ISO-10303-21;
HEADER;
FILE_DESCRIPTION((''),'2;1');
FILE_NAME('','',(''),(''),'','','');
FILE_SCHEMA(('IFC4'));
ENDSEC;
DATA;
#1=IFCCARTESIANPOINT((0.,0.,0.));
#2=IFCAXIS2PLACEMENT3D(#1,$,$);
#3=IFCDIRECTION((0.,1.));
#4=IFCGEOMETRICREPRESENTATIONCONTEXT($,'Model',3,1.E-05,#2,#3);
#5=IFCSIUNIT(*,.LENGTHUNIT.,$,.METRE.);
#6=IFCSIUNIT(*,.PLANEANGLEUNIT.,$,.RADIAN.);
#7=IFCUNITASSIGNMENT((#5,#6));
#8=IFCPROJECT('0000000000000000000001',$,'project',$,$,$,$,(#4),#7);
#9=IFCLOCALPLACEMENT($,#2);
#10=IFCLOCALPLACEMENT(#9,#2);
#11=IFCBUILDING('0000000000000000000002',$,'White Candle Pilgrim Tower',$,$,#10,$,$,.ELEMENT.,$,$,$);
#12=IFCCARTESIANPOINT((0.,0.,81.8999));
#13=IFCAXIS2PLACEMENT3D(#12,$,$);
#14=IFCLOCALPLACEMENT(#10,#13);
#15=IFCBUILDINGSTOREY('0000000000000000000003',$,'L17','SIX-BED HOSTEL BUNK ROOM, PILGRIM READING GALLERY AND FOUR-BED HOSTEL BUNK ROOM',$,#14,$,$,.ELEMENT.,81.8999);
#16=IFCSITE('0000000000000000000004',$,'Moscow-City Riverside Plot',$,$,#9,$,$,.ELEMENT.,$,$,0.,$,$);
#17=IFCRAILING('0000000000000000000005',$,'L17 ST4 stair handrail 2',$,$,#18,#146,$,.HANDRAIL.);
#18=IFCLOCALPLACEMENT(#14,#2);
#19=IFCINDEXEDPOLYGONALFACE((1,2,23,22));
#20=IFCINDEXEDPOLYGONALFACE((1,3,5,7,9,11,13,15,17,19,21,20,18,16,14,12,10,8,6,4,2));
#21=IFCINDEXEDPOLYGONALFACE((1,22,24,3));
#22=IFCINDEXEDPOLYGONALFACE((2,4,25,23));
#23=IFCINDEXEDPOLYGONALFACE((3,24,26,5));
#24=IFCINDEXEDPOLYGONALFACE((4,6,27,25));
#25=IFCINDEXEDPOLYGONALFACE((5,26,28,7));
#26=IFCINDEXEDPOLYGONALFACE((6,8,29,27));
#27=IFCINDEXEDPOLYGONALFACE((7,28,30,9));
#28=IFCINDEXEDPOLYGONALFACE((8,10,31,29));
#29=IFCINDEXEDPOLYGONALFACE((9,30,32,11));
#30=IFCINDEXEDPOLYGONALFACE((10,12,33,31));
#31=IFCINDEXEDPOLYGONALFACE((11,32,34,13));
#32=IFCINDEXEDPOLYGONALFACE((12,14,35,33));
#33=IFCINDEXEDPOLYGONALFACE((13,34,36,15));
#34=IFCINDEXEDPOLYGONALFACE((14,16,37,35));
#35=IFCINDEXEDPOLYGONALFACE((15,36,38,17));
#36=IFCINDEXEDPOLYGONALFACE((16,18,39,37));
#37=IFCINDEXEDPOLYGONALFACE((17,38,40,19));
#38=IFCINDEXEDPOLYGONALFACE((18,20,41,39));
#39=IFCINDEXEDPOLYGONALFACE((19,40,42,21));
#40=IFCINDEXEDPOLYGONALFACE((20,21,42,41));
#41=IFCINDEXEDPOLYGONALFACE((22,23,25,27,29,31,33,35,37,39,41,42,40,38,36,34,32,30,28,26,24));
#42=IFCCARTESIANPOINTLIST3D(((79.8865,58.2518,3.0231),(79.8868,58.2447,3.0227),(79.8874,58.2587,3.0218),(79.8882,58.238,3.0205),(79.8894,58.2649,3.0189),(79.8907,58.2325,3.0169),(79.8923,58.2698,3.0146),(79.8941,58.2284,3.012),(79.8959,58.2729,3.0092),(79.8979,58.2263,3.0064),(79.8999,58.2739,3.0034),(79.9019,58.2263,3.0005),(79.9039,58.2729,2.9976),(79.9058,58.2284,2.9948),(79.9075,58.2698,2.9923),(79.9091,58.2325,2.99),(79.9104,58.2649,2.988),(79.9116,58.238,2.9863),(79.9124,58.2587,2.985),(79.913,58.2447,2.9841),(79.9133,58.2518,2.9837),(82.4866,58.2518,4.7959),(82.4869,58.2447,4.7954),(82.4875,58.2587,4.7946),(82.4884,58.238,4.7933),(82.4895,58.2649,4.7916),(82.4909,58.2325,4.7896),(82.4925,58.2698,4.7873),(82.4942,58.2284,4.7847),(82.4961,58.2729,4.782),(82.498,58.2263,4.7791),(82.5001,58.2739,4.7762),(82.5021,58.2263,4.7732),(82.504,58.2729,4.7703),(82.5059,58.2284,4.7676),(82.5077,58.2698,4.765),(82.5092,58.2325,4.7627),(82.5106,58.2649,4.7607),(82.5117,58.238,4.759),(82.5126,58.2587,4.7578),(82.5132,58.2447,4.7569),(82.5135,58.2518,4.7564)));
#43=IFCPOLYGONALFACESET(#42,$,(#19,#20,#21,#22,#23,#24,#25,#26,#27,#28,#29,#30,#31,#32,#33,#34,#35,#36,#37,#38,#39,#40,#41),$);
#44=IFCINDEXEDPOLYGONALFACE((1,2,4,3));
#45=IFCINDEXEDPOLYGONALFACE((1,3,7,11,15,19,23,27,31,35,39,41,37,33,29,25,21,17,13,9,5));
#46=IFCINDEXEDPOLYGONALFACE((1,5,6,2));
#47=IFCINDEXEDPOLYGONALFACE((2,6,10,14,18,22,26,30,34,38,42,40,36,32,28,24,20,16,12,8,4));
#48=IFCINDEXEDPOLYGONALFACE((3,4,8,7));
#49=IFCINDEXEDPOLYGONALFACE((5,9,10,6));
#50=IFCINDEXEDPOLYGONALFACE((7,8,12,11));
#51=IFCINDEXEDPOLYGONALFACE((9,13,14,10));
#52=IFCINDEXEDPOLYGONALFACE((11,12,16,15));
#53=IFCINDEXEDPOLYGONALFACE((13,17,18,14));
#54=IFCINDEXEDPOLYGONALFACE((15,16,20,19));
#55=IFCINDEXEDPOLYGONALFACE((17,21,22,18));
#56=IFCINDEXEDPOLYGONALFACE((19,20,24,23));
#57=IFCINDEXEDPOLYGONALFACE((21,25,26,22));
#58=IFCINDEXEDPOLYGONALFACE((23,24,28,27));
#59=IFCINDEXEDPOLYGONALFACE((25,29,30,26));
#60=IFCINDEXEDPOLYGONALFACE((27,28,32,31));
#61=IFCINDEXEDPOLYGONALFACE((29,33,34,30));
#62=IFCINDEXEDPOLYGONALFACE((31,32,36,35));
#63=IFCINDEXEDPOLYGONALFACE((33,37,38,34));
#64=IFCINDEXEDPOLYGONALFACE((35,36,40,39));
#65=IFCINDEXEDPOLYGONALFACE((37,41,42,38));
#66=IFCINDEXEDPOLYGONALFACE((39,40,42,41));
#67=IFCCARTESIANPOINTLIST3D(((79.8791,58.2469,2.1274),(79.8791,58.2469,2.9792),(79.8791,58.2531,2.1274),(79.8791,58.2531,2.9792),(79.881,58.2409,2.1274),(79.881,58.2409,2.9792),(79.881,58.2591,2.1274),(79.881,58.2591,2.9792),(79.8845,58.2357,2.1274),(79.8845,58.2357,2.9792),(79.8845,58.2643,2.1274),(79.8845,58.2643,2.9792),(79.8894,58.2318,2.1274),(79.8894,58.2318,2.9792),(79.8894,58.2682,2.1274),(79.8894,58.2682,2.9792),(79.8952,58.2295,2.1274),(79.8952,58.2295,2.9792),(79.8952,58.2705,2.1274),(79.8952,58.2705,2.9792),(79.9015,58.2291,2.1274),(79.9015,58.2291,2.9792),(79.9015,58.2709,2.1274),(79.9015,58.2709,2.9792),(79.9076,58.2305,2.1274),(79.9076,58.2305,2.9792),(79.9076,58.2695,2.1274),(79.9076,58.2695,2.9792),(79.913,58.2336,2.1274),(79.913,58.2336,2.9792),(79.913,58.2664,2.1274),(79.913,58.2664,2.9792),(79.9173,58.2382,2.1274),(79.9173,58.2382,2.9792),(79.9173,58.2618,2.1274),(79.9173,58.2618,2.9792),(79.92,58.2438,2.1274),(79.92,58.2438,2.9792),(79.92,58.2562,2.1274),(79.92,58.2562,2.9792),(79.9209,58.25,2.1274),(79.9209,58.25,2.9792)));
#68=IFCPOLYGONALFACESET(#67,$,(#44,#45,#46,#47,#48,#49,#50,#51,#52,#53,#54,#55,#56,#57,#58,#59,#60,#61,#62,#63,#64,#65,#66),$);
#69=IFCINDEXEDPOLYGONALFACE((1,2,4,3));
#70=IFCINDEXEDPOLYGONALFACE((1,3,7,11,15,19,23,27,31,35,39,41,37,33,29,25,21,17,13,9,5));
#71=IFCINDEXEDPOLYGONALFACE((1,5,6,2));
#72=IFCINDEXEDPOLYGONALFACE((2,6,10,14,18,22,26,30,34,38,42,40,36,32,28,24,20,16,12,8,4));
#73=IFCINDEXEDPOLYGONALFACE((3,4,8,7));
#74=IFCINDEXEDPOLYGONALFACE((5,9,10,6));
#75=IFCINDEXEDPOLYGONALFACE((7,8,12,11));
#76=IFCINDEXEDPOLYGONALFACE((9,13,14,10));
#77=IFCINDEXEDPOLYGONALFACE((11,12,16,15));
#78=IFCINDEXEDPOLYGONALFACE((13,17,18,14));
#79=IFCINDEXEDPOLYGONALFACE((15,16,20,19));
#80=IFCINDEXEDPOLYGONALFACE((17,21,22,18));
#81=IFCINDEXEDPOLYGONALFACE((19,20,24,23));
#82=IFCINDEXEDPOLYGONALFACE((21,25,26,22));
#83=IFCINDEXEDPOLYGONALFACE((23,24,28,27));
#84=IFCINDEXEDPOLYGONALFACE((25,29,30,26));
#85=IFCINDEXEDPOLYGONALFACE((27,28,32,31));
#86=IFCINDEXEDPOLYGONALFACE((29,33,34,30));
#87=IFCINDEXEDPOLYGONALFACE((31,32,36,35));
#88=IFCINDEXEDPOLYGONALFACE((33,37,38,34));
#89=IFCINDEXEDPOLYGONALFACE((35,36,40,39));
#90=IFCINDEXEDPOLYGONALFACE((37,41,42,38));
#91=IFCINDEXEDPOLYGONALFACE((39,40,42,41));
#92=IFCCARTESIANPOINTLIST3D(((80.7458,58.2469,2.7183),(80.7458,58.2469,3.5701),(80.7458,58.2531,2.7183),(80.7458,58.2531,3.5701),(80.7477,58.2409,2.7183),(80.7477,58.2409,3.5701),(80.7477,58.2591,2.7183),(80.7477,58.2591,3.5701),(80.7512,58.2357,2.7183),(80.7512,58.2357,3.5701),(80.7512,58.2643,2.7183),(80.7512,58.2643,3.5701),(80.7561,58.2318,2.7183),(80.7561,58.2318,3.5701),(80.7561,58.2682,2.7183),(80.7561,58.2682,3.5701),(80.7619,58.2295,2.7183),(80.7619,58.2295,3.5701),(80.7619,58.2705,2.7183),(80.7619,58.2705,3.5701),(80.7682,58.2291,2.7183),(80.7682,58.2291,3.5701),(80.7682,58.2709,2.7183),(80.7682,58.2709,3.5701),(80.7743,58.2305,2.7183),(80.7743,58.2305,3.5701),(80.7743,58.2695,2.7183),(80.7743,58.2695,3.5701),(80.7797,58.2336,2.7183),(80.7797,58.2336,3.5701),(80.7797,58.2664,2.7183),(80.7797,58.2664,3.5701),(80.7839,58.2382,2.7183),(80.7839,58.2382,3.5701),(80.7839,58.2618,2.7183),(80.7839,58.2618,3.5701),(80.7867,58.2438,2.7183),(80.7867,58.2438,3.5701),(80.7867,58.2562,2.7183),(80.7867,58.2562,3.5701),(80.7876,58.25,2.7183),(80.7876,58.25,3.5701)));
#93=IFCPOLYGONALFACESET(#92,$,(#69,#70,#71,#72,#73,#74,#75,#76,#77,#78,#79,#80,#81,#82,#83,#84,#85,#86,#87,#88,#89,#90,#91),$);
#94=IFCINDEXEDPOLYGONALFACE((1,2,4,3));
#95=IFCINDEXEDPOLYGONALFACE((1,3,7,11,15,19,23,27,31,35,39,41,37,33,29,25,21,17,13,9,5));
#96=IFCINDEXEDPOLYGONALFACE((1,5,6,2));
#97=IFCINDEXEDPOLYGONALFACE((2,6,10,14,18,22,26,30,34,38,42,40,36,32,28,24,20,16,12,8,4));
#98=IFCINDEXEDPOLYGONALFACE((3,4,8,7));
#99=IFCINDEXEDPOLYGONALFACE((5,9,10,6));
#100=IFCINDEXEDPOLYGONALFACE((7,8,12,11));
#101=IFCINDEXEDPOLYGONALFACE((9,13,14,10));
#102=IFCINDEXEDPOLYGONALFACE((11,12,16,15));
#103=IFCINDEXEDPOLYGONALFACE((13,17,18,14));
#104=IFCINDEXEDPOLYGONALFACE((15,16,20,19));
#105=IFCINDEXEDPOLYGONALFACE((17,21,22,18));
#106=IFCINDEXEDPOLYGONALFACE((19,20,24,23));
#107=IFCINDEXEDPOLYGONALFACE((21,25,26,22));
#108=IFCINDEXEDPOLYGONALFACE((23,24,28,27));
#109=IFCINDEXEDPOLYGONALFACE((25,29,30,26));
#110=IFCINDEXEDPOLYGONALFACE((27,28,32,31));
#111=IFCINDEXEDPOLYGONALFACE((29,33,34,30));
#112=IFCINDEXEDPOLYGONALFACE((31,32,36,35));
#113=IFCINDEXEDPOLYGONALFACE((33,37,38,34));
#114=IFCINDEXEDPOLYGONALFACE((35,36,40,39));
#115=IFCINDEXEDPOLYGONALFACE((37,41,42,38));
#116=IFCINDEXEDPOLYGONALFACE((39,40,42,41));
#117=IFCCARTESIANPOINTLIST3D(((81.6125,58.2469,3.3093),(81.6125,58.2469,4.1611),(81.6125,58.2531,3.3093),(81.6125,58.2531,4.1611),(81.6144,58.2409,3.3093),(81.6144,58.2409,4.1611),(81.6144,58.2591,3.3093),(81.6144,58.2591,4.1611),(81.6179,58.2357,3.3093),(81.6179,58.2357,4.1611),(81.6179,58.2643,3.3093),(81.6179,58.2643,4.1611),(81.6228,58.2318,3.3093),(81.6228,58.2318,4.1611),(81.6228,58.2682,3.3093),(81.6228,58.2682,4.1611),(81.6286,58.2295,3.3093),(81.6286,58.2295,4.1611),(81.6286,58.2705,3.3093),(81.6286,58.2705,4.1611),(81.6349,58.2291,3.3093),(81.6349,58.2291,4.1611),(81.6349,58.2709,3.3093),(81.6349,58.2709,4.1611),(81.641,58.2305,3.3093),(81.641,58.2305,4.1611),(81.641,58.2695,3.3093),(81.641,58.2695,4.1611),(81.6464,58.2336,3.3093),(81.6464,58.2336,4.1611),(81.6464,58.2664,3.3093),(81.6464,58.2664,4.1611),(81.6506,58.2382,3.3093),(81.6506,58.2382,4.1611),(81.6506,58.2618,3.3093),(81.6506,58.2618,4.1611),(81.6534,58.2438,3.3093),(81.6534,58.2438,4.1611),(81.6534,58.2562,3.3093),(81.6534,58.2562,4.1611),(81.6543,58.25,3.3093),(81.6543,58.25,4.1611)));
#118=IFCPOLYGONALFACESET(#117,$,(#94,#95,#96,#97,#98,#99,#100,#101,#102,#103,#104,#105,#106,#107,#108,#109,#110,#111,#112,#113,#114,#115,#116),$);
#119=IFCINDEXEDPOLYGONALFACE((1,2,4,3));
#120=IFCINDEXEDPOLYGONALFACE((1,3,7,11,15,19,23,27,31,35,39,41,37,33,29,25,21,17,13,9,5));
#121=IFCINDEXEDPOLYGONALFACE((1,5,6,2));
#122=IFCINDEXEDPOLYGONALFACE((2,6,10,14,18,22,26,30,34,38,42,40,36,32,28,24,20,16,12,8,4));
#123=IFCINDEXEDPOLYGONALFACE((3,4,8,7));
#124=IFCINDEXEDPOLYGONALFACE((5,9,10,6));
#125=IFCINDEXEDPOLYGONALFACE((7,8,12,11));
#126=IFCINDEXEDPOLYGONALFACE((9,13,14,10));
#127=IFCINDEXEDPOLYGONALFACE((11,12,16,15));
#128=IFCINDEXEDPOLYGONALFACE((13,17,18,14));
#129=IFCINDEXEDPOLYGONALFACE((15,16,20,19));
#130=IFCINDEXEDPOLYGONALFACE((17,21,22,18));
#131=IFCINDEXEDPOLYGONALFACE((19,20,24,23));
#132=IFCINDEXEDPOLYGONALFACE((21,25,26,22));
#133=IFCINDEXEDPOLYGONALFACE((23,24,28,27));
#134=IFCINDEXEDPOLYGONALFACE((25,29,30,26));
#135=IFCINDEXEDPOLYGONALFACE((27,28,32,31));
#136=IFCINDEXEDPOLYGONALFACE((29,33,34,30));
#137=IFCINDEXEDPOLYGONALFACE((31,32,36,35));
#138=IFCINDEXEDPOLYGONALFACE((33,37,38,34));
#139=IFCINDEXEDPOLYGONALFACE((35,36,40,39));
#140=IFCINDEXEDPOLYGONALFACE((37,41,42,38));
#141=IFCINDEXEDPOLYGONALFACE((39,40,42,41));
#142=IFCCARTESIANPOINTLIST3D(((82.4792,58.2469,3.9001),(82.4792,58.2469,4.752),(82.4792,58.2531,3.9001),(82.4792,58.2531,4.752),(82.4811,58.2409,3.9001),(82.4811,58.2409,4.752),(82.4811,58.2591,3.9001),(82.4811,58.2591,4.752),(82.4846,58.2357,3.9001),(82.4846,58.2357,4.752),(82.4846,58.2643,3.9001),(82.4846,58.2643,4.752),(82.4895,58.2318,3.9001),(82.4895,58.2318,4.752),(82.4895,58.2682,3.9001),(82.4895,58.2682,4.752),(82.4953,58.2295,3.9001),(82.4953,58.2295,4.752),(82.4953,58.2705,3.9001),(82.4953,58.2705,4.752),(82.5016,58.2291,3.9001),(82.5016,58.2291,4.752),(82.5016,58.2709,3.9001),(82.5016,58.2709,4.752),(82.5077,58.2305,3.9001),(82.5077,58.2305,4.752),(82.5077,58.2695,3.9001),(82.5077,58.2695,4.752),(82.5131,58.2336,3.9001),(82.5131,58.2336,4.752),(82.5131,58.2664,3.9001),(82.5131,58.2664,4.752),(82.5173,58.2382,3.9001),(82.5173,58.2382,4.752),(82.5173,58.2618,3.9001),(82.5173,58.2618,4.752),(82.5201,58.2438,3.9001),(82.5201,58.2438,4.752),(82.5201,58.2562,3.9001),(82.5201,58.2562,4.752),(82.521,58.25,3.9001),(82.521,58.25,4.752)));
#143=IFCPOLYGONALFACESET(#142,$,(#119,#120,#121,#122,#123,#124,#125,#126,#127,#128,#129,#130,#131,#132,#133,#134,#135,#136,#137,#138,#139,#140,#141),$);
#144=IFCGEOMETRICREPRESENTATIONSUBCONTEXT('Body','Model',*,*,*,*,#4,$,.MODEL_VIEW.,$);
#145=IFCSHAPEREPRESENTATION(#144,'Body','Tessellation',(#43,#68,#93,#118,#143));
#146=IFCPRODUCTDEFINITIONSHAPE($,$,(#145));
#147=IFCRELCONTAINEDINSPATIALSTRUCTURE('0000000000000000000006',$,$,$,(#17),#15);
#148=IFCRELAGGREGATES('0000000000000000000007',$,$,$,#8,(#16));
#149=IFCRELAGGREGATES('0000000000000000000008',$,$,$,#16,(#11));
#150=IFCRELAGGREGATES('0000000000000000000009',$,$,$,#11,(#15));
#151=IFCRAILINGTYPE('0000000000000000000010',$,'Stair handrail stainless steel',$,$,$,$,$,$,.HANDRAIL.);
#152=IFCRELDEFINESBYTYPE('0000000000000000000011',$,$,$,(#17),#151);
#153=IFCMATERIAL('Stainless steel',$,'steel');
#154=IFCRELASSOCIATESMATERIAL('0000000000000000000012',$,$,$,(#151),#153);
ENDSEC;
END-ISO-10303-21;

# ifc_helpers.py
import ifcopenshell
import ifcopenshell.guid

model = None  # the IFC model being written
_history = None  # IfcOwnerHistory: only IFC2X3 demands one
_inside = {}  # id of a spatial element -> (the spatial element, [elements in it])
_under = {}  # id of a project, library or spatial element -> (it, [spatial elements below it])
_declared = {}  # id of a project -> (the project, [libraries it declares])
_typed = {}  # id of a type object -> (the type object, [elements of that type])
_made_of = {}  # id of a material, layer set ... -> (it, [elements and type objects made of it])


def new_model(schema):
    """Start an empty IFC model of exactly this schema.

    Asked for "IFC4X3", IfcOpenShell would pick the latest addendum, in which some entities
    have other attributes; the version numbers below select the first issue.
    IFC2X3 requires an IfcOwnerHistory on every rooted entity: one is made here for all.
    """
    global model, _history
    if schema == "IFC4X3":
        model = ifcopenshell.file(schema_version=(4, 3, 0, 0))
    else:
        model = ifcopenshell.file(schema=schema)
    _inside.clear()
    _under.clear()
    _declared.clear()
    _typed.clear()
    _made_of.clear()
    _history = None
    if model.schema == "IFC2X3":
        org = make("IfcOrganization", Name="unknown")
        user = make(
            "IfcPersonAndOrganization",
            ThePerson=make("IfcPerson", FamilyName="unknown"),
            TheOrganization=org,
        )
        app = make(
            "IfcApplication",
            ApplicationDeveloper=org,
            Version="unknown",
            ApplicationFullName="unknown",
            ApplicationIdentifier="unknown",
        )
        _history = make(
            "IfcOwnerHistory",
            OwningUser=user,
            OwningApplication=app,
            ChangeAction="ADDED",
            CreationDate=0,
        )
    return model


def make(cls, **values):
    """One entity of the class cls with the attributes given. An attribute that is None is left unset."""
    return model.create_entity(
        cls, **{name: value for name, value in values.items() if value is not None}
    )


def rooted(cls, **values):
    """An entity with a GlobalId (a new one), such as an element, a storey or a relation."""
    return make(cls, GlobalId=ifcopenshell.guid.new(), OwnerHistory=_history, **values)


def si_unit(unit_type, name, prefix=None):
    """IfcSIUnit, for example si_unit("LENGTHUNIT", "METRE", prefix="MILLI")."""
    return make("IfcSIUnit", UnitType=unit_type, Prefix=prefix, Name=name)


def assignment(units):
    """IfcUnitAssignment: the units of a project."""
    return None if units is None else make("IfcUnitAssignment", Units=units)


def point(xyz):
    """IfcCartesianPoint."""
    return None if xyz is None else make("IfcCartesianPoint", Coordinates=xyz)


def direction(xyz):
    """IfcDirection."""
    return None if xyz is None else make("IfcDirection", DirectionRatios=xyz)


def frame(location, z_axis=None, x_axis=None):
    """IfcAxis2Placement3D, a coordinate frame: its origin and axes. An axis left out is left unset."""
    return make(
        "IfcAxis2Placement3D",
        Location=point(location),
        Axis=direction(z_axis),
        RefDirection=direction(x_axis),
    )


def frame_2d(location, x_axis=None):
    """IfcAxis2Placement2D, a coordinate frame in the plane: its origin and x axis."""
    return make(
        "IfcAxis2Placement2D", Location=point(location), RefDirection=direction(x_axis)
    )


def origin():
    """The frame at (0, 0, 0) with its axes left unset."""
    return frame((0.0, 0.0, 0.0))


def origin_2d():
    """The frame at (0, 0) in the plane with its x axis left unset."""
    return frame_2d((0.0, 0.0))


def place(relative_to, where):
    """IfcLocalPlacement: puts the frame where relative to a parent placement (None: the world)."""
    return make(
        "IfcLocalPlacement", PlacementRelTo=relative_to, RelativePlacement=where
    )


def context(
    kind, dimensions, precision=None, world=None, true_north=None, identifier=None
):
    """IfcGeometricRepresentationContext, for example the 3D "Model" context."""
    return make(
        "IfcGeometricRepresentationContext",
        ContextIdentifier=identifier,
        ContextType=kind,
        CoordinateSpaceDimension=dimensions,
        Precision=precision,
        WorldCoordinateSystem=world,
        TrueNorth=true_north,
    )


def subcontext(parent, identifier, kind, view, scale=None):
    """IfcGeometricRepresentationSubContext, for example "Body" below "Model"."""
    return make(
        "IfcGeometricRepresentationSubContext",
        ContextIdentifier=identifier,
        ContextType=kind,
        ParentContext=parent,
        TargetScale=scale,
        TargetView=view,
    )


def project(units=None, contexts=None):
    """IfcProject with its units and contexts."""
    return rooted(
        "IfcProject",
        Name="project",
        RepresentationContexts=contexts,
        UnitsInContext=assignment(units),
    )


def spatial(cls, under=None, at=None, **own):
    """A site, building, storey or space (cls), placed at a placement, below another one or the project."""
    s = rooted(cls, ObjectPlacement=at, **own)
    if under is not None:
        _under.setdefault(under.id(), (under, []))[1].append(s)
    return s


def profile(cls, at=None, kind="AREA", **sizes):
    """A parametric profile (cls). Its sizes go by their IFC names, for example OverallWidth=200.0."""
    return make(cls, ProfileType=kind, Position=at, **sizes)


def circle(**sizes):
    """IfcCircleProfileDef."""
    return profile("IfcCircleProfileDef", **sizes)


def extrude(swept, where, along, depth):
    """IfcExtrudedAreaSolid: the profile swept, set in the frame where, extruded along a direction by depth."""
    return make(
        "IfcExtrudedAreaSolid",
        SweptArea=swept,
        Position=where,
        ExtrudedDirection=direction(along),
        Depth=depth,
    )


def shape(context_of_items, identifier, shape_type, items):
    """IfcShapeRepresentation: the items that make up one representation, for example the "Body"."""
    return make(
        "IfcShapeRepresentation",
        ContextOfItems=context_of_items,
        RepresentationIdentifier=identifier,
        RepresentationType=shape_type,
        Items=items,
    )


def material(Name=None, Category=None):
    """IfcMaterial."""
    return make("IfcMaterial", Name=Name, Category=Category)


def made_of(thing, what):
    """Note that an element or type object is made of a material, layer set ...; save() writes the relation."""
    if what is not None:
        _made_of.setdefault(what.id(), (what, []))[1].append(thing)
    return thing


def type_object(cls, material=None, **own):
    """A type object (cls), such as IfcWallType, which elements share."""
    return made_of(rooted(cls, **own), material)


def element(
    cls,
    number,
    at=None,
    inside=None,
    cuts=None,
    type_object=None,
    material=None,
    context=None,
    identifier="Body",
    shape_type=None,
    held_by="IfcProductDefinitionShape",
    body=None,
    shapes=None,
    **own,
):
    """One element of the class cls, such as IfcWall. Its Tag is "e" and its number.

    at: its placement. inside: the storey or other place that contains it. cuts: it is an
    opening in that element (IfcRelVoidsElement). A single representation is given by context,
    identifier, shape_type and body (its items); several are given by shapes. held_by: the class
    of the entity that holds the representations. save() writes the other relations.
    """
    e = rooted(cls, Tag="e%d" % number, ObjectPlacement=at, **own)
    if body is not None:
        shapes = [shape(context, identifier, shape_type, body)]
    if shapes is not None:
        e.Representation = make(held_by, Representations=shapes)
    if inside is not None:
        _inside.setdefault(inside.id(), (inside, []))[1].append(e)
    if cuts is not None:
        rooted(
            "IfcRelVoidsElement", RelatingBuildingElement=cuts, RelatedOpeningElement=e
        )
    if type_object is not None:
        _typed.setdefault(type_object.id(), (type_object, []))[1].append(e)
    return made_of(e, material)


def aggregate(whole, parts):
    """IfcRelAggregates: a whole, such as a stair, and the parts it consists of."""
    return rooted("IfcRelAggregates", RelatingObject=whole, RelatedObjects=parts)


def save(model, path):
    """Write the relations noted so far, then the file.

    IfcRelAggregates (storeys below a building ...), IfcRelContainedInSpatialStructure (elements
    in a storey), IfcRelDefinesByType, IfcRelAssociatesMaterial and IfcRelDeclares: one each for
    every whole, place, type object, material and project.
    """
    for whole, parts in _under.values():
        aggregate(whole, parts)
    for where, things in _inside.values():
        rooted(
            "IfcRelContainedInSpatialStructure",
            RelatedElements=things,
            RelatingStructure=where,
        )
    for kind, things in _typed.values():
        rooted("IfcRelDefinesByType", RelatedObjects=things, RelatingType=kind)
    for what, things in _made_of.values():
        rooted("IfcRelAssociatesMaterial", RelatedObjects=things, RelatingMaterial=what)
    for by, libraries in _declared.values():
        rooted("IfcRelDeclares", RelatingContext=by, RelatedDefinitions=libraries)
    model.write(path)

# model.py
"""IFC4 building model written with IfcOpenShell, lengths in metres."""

from ifc_helpers import new_model, si_unit, direction, frame, origin, origin_2d, place, context, subcontext, project, spatial, circle, extrude, material, type_object, element, save


model = new_model("IFC4")

# Units and contexts
model_context = context("Model", 3, precision=1e-05, world=origin(), true_north=direction((0.0, 1.0)))
body_context = subcontext(model_context, "Body", "Model", "MODEL_VIEW")
ifc_project = project(units=[si_unit("LENGTHUNIT", "METRE"), si_unit("PLANEANGLEUNIT", "RADIAN")], contexts=[model_context])

# Site, building, storey
site_placement = place(None, origin())
site = spatial("IfcSite", under=ifc_project, at=site_placement, Name="Moscow-City Riverside Plot", CompositionType="ELEMENT", RefElevation=0.0)
building_placement = place(site_placement, origin())
building = spatial("IfcBuilding", under=site, at=building_placement, Name="White Candle Pilgrim Tower", CompositionType="ELEMENT")
storey_placement = place(building_placement, frame((0.0, 0.0, 81.8999)))
storey = spatial("IfcBuildingStorey", under=building, at=storey_placement, Name="L17", Description="SIX-BED HOSTEL BUNK ROOM, PILGRIM READING GALLERY AND FOUR-BED HOSTEL BUNK ROOM", CompositionType="ELEMENT", Elevation=81.8999)

# Railing
ifc_material_1 = material(Name="Stainless steel", Category="steel")
railing_type_1 = type_object("IfcRailingType", Name="Stair handrail stainless steel", PredefinedType="HANDRAIL", material=ifc_material_1)
railing_1_placement = place(storey_placement, frame((79.8999, 58.25, 2.1274)))
element("IfcRailing", 1, at=railing_1_placement, inside=storey, type_object=railing_type_1, Name="L17 ST4 stair handrail 2", PredefinedType="HANDRAIL", context=body_context, shape_type="SweptSolid", body=[
    extrude(circle(Radius=0.0239, at=origin_2d()), frame((0.0, 0.0, 0.876), z_axis=(0.82624, 0.0, 0.563318), x_axis=(0.0, 1.0, 0.0)), (0.0, 0.0, 1.0), 3.147),
    extrude(circle(Radius=0.021, at=origin_2d()), origin(), (0.0, 0.0, 1.0), 0.8518),
    extrude(circle(Radius=0.021, at=origin_2d()), frame((0.8667, 0.0, 0.5908)), (0.0, 0.0, 1.0), 0.8518),
    extrude(circle(Radius=0.021, at=origin_2d()), frame((1.7334, 0.0, 1.1819)), (0.0, 0.0, 1.0), 0.8518),
    extrude(circle(Radius=0.021, at=origin_2d()), frame((2.6001, 0.0, 1.7727)), (0.0, 0.0, 1.0), 0.8518),
])

save(model, "model.ifc")
